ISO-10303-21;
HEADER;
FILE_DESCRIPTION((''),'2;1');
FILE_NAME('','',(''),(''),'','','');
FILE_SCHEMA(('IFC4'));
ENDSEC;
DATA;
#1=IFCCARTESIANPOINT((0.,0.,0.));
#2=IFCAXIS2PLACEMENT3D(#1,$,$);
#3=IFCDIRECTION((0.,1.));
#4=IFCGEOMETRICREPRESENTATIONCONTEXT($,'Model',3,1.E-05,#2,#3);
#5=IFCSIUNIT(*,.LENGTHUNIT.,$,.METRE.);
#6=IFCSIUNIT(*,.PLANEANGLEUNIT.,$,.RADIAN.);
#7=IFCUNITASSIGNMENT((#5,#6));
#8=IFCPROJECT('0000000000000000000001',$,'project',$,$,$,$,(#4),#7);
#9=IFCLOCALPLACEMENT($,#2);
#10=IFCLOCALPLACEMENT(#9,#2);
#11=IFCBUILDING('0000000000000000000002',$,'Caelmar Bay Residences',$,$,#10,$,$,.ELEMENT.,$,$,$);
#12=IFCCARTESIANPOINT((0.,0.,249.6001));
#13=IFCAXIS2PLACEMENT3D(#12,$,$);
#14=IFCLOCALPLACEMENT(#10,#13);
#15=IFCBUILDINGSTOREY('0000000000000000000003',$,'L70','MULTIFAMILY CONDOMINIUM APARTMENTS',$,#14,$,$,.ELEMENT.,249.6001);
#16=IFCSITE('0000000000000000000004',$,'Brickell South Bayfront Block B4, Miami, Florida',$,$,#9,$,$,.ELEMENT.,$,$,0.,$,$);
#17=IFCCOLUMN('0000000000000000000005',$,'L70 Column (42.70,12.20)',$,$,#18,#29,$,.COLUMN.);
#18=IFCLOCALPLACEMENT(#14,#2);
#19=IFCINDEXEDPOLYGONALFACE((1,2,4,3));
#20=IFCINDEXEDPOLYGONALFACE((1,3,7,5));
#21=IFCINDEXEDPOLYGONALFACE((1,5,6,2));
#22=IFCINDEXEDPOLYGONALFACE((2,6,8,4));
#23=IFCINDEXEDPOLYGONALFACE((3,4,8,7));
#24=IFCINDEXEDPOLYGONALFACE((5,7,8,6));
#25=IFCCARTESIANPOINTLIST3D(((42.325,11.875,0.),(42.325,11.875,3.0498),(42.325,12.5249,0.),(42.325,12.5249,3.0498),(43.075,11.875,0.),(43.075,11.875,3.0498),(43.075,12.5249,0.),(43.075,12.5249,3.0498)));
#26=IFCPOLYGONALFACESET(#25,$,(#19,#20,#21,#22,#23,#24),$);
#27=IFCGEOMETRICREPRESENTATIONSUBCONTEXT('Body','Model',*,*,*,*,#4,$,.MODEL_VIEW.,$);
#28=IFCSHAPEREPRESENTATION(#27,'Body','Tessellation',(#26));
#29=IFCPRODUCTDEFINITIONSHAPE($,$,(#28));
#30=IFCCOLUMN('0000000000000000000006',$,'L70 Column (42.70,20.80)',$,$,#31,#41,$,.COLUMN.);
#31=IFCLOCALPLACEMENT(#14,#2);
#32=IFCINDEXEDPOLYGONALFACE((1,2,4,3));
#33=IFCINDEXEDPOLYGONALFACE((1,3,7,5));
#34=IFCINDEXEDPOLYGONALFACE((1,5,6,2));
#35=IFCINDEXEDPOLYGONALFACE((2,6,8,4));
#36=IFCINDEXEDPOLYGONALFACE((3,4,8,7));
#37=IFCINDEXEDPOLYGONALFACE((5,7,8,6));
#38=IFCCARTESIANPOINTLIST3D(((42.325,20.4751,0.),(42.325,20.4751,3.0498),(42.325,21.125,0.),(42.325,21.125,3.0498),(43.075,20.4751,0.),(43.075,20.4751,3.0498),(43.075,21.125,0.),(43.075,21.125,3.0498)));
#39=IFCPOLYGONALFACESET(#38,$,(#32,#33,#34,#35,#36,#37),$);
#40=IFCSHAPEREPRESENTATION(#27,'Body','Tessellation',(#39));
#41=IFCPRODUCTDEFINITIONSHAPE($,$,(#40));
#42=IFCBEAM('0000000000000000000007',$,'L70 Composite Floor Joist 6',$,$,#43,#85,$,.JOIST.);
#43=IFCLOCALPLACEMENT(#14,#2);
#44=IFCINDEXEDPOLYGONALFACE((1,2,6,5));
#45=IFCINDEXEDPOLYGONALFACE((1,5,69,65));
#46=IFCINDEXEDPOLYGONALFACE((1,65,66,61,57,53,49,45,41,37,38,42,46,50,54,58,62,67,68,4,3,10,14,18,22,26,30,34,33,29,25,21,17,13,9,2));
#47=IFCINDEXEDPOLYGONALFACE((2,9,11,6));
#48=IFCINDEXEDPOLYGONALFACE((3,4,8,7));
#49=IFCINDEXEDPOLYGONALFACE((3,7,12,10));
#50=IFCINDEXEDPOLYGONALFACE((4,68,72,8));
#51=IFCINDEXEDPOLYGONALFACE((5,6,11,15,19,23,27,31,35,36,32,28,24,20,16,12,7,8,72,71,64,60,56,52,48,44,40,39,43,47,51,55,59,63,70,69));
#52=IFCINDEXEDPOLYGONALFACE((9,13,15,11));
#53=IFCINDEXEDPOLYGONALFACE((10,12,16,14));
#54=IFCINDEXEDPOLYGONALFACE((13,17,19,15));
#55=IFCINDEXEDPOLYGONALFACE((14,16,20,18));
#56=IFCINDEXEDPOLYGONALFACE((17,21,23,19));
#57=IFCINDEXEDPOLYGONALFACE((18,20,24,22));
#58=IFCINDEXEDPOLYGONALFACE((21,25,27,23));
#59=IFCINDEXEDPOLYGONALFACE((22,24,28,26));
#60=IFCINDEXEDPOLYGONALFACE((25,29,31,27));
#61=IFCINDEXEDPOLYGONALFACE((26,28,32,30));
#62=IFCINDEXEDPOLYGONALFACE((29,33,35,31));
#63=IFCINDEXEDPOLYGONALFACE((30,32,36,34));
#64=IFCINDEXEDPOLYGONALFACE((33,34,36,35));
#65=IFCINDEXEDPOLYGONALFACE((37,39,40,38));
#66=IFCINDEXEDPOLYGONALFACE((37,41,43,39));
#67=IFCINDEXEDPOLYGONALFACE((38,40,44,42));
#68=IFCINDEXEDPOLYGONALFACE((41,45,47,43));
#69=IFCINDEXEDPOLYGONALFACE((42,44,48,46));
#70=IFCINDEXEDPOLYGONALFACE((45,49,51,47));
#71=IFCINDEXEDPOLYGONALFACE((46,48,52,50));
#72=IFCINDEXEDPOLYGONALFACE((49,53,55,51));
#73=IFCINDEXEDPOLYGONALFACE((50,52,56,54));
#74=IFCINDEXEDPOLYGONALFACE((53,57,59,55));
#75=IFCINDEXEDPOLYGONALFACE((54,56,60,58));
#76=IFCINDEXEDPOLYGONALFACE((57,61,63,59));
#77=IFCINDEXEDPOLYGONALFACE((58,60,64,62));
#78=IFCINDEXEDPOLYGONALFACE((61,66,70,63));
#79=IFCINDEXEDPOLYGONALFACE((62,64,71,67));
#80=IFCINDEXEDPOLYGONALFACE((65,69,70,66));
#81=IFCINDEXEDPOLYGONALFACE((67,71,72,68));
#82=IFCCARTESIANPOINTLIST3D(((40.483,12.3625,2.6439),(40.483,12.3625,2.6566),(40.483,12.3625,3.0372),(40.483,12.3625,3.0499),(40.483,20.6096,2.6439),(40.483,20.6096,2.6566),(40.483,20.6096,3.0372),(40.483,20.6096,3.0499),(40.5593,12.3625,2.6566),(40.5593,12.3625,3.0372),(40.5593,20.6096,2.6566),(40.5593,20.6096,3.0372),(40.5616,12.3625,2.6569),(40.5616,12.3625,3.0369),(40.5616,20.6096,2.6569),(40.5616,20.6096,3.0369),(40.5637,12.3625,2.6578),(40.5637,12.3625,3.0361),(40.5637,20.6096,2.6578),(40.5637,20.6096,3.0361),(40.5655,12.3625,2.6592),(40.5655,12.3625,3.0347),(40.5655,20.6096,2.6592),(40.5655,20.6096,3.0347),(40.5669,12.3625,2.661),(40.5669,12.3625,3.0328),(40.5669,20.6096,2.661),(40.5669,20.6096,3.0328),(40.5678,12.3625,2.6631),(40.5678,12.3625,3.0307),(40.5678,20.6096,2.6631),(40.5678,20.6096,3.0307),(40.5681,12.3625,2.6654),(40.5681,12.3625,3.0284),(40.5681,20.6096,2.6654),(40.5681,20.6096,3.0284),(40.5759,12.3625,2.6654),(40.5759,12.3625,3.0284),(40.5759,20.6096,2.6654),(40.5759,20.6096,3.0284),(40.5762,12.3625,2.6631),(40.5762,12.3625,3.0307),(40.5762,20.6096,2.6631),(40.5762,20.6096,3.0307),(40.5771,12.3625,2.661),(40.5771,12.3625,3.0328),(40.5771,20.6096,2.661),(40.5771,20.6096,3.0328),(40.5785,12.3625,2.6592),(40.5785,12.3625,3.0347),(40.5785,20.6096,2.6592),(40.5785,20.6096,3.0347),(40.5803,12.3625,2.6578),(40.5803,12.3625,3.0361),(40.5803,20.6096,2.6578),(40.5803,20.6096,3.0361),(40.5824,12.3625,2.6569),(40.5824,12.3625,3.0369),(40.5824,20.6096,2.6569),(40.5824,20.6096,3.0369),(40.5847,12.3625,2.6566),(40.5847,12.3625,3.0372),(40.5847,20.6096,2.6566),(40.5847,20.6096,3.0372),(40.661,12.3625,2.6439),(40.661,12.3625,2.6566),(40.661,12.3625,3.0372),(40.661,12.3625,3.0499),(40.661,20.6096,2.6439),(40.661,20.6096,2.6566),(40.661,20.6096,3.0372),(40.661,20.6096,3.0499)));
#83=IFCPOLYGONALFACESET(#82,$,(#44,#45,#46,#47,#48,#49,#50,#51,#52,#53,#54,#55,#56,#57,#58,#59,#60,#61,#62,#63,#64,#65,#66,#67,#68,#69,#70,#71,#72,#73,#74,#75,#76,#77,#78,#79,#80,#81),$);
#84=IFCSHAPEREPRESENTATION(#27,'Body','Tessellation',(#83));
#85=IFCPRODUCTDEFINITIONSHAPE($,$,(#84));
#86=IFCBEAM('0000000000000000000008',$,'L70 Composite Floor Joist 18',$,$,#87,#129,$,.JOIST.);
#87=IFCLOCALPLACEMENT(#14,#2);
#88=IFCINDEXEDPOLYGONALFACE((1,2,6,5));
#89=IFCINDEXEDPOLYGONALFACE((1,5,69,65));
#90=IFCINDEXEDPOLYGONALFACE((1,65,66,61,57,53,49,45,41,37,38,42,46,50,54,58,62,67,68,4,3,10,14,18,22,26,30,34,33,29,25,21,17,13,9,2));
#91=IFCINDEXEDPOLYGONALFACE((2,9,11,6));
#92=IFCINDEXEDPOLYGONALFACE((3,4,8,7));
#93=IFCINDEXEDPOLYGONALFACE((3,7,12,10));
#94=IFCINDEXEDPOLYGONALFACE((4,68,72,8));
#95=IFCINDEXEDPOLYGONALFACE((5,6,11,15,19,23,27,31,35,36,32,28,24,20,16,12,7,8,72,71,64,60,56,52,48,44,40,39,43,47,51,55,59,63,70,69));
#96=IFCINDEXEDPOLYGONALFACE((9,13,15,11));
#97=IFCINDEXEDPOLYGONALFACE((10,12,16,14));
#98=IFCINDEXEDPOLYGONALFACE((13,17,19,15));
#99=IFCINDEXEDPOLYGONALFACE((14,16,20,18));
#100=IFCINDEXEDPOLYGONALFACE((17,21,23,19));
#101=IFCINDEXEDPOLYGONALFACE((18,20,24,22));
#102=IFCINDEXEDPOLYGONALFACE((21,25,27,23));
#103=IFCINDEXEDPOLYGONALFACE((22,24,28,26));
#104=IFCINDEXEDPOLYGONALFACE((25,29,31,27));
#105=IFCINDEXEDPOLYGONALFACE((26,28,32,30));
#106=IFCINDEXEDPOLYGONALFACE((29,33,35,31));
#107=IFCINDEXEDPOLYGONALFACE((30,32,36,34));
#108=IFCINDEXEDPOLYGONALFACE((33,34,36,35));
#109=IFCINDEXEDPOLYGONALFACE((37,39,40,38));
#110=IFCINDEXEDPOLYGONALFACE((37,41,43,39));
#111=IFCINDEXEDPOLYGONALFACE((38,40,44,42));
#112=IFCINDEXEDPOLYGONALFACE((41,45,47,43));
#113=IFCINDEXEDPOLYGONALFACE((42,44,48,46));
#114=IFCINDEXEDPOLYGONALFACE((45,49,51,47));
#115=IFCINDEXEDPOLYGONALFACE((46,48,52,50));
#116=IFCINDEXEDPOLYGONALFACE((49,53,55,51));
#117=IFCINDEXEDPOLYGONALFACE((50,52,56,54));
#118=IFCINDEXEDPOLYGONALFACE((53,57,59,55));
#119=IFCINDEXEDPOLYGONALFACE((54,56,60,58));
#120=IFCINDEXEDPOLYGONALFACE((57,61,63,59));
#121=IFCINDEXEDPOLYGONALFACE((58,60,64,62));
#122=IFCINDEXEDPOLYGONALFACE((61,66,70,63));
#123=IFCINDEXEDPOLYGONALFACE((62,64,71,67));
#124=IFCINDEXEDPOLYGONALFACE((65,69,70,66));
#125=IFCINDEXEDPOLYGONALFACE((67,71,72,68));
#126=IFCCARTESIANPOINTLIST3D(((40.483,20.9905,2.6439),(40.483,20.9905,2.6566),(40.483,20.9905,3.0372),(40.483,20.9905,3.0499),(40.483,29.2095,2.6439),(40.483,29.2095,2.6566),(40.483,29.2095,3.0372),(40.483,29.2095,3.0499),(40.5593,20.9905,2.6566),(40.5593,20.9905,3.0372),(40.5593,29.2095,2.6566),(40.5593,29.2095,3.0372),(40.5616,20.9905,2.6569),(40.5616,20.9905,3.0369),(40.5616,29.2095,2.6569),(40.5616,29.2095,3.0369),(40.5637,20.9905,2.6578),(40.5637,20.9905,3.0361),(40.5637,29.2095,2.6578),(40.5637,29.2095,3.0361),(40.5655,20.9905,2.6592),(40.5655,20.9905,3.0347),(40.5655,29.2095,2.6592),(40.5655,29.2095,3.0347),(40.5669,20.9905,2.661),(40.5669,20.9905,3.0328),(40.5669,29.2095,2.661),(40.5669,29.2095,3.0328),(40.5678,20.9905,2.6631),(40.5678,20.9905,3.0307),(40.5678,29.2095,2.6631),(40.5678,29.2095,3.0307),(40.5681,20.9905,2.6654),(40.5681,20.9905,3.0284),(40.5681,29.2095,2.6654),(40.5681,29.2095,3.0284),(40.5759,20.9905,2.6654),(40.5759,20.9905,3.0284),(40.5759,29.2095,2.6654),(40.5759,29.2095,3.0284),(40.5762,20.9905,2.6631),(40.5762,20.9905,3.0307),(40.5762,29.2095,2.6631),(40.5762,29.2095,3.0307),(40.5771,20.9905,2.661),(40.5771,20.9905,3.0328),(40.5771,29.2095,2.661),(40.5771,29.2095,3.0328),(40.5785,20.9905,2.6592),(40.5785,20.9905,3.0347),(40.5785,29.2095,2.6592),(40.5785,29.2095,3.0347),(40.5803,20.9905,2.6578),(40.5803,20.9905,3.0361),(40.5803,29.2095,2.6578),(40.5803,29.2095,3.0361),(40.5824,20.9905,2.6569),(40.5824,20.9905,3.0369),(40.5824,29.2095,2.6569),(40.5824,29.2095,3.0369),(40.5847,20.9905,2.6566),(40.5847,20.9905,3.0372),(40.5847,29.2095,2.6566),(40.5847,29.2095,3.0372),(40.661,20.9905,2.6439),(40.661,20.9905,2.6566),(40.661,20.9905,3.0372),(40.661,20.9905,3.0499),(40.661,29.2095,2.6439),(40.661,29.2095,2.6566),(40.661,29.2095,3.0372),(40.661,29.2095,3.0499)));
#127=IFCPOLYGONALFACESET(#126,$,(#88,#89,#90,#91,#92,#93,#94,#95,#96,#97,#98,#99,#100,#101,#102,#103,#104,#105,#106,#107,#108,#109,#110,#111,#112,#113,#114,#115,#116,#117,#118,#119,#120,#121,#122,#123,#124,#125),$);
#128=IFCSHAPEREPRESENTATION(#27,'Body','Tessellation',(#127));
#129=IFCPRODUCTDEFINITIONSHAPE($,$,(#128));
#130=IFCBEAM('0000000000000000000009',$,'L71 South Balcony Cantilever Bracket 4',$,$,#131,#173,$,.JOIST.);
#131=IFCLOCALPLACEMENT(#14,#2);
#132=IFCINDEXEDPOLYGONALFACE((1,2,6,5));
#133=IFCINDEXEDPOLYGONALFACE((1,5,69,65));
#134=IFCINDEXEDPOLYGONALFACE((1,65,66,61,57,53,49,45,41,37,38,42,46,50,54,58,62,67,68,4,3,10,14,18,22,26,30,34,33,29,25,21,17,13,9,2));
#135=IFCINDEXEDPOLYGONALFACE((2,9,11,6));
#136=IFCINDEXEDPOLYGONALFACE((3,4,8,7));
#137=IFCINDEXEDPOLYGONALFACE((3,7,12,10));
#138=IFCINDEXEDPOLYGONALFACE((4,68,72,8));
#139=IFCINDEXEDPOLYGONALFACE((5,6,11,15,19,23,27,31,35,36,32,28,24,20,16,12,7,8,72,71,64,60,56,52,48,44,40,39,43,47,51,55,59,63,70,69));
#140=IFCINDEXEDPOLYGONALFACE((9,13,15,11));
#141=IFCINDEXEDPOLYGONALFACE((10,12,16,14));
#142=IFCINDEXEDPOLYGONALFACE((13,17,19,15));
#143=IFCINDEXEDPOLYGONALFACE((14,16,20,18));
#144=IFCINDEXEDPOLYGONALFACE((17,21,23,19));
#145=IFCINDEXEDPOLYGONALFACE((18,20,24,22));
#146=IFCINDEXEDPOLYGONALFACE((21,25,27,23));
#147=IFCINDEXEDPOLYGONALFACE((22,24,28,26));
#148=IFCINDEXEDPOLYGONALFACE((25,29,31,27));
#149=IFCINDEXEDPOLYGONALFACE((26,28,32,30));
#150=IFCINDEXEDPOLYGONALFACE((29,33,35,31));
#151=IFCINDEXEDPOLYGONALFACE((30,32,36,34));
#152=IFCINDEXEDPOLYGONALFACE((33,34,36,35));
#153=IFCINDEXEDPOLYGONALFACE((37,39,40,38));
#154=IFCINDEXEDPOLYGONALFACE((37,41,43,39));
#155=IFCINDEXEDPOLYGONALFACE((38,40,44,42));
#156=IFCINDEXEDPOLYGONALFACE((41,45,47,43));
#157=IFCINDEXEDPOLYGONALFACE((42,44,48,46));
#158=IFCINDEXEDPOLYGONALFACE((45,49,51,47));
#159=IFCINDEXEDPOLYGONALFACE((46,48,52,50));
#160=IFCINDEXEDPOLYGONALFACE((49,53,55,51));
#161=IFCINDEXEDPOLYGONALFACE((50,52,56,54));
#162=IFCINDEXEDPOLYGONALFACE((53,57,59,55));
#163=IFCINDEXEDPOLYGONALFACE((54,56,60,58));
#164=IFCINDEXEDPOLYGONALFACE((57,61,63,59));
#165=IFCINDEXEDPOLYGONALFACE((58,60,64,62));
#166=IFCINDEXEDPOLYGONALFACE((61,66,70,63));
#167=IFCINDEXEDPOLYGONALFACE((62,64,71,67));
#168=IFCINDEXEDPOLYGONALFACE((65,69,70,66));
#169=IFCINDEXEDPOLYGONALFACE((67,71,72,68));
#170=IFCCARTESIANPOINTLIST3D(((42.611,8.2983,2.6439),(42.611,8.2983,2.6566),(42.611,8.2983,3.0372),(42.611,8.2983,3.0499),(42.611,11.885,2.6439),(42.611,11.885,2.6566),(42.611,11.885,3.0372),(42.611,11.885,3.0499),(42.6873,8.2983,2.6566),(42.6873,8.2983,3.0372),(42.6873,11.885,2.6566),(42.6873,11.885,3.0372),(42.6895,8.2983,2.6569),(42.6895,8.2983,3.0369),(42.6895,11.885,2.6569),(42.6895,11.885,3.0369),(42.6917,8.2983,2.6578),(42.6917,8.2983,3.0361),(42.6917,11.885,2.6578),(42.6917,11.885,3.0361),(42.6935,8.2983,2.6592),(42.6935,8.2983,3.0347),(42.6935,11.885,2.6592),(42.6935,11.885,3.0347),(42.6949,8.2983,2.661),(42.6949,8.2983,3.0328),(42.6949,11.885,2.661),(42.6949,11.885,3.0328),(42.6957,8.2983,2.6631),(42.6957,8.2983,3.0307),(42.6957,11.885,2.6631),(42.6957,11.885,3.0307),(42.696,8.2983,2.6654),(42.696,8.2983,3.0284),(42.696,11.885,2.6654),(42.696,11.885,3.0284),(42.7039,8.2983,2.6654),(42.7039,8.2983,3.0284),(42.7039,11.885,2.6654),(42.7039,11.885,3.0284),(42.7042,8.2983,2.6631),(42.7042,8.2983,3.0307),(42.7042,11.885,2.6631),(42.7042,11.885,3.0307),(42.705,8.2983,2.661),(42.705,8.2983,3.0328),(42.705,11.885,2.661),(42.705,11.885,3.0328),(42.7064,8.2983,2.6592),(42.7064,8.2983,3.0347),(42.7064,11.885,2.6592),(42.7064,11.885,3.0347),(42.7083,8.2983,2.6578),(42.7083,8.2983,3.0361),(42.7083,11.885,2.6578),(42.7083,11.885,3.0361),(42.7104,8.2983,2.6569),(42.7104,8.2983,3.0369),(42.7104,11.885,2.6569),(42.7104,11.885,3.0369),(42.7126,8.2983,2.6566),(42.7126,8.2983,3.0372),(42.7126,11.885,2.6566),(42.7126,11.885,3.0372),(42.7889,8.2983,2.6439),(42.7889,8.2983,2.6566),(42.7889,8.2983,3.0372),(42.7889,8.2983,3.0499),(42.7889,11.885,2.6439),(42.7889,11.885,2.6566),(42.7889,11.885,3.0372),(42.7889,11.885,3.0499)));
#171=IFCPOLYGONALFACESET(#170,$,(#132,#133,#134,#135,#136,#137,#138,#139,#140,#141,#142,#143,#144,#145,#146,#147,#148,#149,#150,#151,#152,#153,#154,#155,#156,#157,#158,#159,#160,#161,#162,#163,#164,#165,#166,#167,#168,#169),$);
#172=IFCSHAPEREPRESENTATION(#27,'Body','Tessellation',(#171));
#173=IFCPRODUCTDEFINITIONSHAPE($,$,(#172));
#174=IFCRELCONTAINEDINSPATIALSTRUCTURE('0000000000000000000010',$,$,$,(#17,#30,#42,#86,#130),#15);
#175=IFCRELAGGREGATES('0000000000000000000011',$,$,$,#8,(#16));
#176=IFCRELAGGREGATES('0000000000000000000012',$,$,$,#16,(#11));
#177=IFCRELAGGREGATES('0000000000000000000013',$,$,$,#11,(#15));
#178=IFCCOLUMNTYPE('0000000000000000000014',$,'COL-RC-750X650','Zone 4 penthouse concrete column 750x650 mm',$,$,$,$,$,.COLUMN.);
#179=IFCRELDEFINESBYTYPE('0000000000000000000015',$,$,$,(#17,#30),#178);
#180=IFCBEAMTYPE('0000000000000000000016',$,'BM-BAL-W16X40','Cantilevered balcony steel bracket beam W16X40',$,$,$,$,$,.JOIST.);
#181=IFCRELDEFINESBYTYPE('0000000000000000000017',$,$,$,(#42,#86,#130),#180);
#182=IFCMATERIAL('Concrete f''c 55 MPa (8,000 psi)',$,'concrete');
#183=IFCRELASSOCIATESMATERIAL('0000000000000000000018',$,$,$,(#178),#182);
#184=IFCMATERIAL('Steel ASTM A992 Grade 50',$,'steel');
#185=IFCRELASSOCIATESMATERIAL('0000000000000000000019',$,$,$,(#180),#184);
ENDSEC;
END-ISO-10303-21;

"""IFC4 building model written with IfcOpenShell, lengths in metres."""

from ifc_helpers import new_model, si_unit, direction, frame, origin, origin_2d, place, context, subcontext, project, spatial, rectangle, i_section, extrude, material, material_profile, profile_set, type_object, element, save


model = new_model("IFC4")

# Units and contexts
model_context = context("Model", 3, precision=1e-05, world=origin(), true_north=direction((0.0, 1.0)))
body_context = subcontext(model_context, "Body", "Model", "MODEL_VIEW")
ifc_project = project(units=[si_unit("LENGTHUNIT", "METRE"), si_unit("PLANEANGLEUNIT", "RADIAN")], contexts=[model_context])

# Site, building, storey
site_placement = place(None, origin())
site = spatial("IfcSite", under=ifc_project, at=site_placement, Name="Brickell South Bayfront Block B4, Miami, Florida", CompositionType="ELEMENT", RefElevation=0.0)
building_placement = place(site_placement, origin())
building = spatial("IfcBuilding", under=site, at=building_placement, Name="Caelmar Bay Residences", CompositionType="ELEMENT")
storey_placement = place(building_placement, frame((0.0, 0.0, 249.6001)))
storey = spatial("IfcBuildingStorey", under=building, at=storey_placement, Name="L70", Description="MULTIFAMILY CONDOMINIUM APARTMENTS", CompositionType="ELEMENT", Elevation=249.6001)

# Columns
ifc_material_1 = material(Name="Concrete f'c 55 MPa (8,000 psi)", Category="concrete")
ifc_material_profile_1 = material_profile(ifc_material_1, rectangle(XDim=0.75, YDim=0.6499, at=origin_2d()), Name="RC-COL-750X650")
ifc_profile_set_1 = profile_set([ifc_material_profile_1], Name="Concrete f'c 55 MPa (8,000 psi)")
column_type = type_object("IfcColumnType", Name="COL-RC-750X650", Description="Zone 4 penthouse concrete column 750x650 mm", PredefinedType="COLUMN", material=ifc_profile_set_1)
for number, where, z_axis, x_axis, name in (
    (1, (42.7, 12.2, 0.0), (0.0, 0.0, 1.0), (1.0, 0.0, 0.0), "L70 Column (42.70,12.20)"),
    (2, (42.7, 20.8, 0.0), (0.0, 0.0, 1.0), (1.0, 0.0, 0.0), "L70 Column (42.70,20.80)"),
):
    element("IfcColumn", number, at=place(storey_placement, frame(where, z_axis=z_axis, x_axis=x_axis)), inside=storey, type_object=column_type, Name=name, PredefinedType="COLUMN", context=body_context, shape_type="SweptSolid", body=[
        extrude(rectangle(XDim=0.75, YDim=0.6499, at=origin_2d()), origin(), (0.0, 0.0, 1.0), 3.0498),
    ])

# Beams
ifc_material_2 = material(Name="Steel ASTM A992 Grade 50", Category="steel")
ifc_material_profile_2 = material_profile(ifc_material_2, i_section(OverallWidth=0.178, OverallDepth=0.406, WebThickness=0.0078, FlangeThickness=0.0127, FilletRadius=0.0088, at=origin_2d()), Name="W16X40")
ifc_profile_set_2 = profile_set([ifc_material_profile_2], Name="Steel ASTM A992 Grade 50")
beam_type_1 = type_object("IfcBeamType", Name="BM-BAL-W16X40", Description="Cantilevered balcony steel bracket beam W16X40", PredefinedType="JOIST", material=ifc_profile_set_2)
beam_1_placement = place(storey_placement, frame((40.572, 12.3625, 2.8469), z_axis=(0.0, 1.0, 0.0), x_axis=(-1.0, 0.0, 0.0)))
element("IfcBeam", 3, at=beam_1_placement, inside=storey, type_object=beam_type_1, Name="L70 Composite Floor Joist 6", PredefinedType="JOIST", context=body_context, shape_type="SweptSolid", body=[
    extrude(i_section(OverallWidth=0.178, OverallDepth=0.406, WebThickness=0.0078, FlangeThickness=0.0127, FilletRadius=0.0088, at=origin_2d()), origin(), (0.0, 0.0, 1.0), 8.2471),
])
beam_2_placement = place(storey_placement, frame((40.572, 20.9905, 2.8469), z_axis=(0.0, 1.0, 0.0), x_axis=(-1.0, 0.0, 0.0)))
element("IfcBeam", 4, at=beam_2_placement, inside=storey, type_object=beam_type_1, Name="L70 Composite Floor Joist 18", PredefinedType="JOIST", context=body_context, shape_type="SweptSolid", body=[
    extrude(i_section(OverallWidth=0.178, OverallDepth=0.406, WebThickness=0.0078, FlangeThickness=0.0127, FilletRadius=0.0088, at=origin_2d()), origin(), (0.0, 0.0, 1.0), 8.219),
])
beam_3_placement = place(storey_placement, frame((42.7, 11.885, 2.8469), z_axis=(0.0, -1.0, 0.0), x_axis=(1.0, 0.0, 0.0)))
element("IfcBeam", 5, at=beam_3_placement, inside=storey, type_object=beam_type_1, Name="L71 South Balcony Cantilever Bracket 4", PredefinedType="JOIST", context=body_context, shape_type="SweptSolid", body=[
    extrude(i_section(OverallWidth=0.178, OverallDepth=0.406, WebThickness=0.0078, FlangeThickness=0.0127, FilletRadius=0.0088, at=origin_2d()), origin(), (0.0, 0.0, 1.0), 3.5867),
])

save(model, "model.ifc")
